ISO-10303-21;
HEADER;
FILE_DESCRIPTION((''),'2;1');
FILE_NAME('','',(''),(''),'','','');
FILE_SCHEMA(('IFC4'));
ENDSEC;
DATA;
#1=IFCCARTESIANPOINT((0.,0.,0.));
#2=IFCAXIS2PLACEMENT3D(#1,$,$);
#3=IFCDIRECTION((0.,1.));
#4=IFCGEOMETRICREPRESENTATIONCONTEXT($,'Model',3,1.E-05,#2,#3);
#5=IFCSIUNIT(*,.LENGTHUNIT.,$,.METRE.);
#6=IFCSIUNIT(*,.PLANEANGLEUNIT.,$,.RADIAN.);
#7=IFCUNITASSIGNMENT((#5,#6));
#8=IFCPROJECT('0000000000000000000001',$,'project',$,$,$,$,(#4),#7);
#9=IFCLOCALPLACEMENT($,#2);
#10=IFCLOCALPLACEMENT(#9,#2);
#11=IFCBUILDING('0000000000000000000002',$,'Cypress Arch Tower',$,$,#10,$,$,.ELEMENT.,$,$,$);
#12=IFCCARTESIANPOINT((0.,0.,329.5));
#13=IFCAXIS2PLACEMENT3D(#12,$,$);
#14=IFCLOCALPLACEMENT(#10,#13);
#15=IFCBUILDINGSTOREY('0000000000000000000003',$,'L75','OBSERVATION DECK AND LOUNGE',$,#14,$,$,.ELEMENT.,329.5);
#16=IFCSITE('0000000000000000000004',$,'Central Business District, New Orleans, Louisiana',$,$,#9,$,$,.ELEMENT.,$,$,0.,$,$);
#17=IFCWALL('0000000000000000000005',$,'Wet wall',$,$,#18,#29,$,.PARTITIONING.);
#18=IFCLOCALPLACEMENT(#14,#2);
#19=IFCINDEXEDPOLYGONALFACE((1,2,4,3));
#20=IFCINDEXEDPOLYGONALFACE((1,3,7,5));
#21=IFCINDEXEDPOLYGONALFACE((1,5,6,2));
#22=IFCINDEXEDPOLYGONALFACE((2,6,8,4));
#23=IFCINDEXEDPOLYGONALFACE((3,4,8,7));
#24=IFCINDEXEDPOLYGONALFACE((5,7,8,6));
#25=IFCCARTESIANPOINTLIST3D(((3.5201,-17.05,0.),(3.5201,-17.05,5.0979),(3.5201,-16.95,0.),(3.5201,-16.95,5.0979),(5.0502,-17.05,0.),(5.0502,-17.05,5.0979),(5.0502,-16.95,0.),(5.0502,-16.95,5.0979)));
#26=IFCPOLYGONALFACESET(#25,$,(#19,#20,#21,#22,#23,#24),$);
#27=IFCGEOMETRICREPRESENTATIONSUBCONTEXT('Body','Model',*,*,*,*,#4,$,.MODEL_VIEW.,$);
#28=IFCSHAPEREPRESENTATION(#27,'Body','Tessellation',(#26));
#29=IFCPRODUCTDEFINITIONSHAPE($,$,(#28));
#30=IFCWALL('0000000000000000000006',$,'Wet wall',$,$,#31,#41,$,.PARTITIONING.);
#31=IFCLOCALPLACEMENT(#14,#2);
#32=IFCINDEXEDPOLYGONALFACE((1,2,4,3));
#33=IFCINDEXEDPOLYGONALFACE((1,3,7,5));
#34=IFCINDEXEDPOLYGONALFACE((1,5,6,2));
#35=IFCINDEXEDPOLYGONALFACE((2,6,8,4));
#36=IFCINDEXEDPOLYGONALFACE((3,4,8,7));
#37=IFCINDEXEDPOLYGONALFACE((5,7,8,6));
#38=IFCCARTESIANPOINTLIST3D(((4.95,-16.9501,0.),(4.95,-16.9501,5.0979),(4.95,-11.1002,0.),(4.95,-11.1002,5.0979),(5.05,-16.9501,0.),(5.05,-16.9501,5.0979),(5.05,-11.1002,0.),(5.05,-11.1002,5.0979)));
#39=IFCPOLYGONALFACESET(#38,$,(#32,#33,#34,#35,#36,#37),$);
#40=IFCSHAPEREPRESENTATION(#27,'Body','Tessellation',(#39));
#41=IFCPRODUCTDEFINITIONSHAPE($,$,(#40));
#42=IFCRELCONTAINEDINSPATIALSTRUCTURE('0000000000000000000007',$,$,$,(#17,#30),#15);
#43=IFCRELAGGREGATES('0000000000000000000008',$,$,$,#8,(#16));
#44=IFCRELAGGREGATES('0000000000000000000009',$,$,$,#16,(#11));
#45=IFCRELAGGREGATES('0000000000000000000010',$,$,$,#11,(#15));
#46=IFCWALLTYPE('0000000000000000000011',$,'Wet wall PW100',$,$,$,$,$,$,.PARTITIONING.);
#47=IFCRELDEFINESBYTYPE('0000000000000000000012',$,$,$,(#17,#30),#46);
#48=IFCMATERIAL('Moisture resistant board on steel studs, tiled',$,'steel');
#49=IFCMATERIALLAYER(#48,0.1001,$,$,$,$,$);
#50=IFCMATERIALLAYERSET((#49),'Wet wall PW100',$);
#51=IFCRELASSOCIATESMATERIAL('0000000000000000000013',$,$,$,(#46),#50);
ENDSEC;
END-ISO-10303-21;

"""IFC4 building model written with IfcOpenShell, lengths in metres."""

from ifc_helpers import new_model, si_unit, direction, frame, frame_2d, origin, place, context, subcontext, project, spatial, rectangle, extrude, material, layer, layer_set, type_object, element, save


model = new_model("IFC4")

# Units and contexts
model_context = context("Model", 3, precision=1e-05, world=origin(), true_north=direction((0.0, 1.0)))
body_context = subcontext(model_context, "Body", "Model", "MODEL_VIEW")
ifc_project = project(units=[si_unit("LENGTHUNIT", "METRE"), si_unit("PLANEANGLEUNIT", "RADIAN")], contexts=[model_context])

# Site, building, storey
site_placement = place(None, origin())
site = spatial("IfcSite", under=ifc_project, at=site_placement, Name="Central Business District, New Orleans, Louisiana", CompositionType="ELEMENT", RefElevation=0.0)
building_placement = place(site_placement, origin())
building = spatial("IfcBuilding", under=site, at=building_placement, Name="Cypress Arch Tower", CompositionType="ELEMENT")
storey_placement = place(building_placement, frame((0.0, 0.0, 329.5)))
storey = spatial("IfcBuildingStorey", under=building, at=storey_placement, Name="L75", Description="OBSERVATION DECK AND LOUNGE", CompositionType="ELEMENT", Elevation=329.5)

# Walls
ifc_material_1 = material(Name="Moisture resistant board on steel studs, tiled", Category="steel")
ifc_layer_1 = layer(ifc_material_1, 0.1001)
ifc_layer_set_1 = layer_set([ifc_layer_1], Name="Wet wall PW100")
wall_type_1 = type_object("IfcWallType", Name="Wet wall PW100", PredefinedType="PARTITIONING", material=ifc_layer_set_1)
wall_1_placement = place(storey_placement, frame((3.52, -17.0, 0.0), z_axis=(0.0, 0.0, 1.0), x_axis=(1.0, 0.0, 0.0)))
element("IfcWall", 1, at=wall_1_placement, inside=storey, type_object=wall_type_1, Name="Wet wall", PredefinedType="PARTITIONING", context=body_context, shape_type="SweptSolid", body=[
    extrude(rectangle(XDim=1.53, YDim=0.1001, at=frame_2d((0.7651, 0.0))), origin(), (0.0, 0.0, 1.0), 5.0979),
])
wall_2_placement = place(storey_placement, frame((5.0, -16.95, 0.0), z_axis=(0.0, 0.0, 1.0), x_axis=(0.0, 1.0, 0.0)))
element("IfcWall", 2, at=wall_2_placement, inside=storey, type_object=wall_type_1, Name="Wet wall", PredefinedType="PARTITIONING", context=body_context, shape_type="SweptSolid", body=[
    extrude(rectangle(XDim=5.8499, YDim=0.1001, at=frame_2d((2.9248, 0.0))), origin(), (0.0, 0.0, 1.0), 5.0979),
])

save(model, "model.ifc")
